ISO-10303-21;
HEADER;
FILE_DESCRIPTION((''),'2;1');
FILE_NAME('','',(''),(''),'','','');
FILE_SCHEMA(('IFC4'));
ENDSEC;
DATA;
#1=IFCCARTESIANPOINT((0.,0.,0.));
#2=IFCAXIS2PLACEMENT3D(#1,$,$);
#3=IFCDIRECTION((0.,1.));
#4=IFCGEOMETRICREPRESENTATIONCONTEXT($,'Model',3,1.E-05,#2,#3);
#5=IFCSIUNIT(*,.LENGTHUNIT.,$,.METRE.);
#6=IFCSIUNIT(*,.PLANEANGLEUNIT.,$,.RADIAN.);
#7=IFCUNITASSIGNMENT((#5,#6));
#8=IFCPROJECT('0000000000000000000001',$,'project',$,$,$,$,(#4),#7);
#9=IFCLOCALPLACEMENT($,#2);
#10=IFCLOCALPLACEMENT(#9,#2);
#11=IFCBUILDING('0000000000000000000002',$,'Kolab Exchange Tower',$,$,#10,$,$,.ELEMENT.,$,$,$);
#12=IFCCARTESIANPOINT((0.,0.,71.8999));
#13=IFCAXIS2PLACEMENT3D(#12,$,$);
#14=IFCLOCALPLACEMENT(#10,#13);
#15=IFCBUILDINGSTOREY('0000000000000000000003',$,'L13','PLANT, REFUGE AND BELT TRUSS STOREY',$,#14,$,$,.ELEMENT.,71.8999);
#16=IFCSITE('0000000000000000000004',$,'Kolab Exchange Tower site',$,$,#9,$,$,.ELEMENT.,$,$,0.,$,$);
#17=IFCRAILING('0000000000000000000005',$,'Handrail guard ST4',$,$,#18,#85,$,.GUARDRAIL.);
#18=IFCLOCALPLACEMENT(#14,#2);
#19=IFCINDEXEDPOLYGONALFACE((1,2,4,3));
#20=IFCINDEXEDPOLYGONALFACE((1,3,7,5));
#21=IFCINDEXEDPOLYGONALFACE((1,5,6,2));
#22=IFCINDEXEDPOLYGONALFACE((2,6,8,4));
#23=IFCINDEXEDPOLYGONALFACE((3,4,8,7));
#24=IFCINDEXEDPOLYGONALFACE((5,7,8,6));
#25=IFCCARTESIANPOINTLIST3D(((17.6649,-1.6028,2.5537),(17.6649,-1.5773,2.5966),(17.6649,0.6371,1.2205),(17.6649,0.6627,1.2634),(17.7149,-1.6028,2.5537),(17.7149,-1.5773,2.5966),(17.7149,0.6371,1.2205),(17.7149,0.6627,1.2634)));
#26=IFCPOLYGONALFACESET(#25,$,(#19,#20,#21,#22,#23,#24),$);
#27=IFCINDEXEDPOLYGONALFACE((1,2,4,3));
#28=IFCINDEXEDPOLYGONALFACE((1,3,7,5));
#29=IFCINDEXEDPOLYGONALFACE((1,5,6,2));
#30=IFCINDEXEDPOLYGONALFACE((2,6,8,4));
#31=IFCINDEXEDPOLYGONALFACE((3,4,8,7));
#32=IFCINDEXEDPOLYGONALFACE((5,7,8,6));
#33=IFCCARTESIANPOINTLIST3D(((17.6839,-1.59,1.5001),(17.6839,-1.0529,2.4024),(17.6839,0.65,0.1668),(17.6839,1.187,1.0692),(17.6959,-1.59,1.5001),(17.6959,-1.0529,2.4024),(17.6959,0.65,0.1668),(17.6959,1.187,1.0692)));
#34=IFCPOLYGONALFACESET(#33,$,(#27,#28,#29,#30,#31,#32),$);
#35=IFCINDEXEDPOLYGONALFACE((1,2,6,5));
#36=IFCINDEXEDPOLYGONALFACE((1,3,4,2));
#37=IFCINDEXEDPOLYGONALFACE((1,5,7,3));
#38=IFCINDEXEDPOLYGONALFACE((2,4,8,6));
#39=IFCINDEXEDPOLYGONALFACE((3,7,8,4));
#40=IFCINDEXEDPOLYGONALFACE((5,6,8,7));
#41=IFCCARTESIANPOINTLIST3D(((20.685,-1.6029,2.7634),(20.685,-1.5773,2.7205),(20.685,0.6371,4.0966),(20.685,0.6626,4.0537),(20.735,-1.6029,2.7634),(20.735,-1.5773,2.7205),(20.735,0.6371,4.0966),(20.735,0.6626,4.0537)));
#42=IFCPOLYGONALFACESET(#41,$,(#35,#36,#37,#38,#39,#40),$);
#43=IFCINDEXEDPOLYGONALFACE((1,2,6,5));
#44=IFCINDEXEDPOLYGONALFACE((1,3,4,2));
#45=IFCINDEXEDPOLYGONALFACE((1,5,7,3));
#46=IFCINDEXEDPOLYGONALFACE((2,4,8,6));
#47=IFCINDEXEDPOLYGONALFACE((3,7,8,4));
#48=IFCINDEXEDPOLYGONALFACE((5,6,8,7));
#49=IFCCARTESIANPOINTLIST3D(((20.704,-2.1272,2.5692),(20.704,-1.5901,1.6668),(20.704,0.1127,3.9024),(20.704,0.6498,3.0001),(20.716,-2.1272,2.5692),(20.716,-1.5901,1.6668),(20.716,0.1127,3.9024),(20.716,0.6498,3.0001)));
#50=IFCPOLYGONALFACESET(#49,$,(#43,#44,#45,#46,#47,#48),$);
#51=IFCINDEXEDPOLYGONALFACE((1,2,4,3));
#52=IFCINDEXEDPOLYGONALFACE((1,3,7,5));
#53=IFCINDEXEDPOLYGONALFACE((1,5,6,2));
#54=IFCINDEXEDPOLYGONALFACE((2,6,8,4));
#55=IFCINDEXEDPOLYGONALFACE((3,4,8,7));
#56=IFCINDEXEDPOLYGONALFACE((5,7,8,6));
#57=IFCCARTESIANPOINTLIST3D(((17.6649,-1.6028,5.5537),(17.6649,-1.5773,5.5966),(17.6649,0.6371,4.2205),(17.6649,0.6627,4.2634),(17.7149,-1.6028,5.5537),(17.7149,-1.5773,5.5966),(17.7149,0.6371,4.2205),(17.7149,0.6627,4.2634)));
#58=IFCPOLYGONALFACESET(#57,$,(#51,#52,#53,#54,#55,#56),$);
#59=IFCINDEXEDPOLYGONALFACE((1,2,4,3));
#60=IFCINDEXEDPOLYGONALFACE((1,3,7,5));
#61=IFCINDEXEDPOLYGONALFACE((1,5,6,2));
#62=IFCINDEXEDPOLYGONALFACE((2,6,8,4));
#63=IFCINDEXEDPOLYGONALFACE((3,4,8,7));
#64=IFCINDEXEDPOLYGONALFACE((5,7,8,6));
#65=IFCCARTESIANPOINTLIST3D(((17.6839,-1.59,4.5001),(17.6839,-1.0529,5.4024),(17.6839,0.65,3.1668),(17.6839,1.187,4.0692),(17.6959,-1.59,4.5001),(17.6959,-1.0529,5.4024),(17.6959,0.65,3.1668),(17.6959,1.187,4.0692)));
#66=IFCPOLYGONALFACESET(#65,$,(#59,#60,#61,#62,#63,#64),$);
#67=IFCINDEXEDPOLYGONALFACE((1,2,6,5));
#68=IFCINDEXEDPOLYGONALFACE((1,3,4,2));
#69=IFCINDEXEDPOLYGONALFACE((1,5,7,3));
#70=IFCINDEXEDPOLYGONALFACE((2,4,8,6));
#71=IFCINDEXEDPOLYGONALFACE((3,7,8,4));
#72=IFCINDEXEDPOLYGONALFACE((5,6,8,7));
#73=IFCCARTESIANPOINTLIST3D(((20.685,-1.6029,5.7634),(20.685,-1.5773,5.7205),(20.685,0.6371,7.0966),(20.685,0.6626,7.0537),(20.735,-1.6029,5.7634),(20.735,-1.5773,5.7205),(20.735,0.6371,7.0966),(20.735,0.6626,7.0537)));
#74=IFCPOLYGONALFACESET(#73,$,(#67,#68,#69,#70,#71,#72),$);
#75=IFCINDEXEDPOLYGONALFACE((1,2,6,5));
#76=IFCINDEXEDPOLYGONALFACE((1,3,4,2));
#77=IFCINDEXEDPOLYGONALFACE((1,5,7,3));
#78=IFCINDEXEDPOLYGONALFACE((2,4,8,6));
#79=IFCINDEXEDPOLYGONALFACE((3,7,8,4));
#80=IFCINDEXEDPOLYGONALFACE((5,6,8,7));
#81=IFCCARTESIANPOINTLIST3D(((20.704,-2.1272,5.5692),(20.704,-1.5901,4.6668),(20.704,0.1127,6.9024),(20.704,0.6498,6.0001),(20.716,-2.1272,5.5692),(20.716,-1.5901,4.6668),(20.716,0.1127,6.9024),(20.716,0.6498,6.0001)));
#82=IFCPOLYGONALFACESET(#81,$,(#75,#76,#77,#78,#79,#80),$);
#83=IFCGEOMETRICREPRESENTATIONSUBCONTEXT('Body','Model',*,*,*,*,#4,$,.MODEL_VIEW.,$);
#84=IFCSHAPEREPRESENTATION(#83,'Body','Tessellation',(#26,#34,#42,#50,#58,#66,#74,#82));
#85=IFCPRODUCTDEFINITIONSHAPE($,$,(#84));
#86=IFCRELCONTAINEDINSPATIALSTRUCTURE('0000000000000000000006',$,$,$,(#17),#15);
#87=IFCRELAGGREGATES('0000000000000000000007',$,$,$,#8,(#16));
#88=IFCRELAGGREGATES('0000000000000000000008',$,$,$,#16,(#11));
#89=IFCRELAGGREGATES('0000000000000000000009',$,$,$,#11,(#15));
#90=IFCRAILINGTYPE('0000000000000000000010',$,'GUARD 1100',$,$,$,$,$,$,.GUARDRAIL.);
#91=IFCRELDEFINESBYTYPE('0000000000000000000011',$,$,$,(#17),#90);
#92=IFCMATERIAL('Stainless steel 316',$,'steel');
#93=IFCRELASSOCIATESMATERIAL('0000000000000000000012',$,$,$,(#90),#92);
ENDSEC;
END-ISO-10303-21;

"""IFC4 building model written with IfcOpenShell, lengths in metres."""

from ifc_helpers import new_model, si_unit, direction, frame, frame_2d, origin, origin_2d, place, context, subcontext, project, spatial, rectangle, extrude, material, type_object, element, save


model = new_model("IFC4")

# Units and contexts
model_context = context("Model", 3, precision=1e-05, world=origin(), true_north=direction((0.0, 1.0)))
body_context = subcontext(model_context, "Body", "Model", "MODEL_VIEW")
ifc_project = project(units=[si_unit("LENGTHUNIT", "METRE"), si_unit("PLANEANGLEUNIT", "RADIAN")], contexts=[model_context])

# Site, building, storey
site_placement = place(None, origin())
site = spatial("IfcSite", under=ifc_project, at=site_placement, Name="Kolab Exchange Tower site", CompositionType="ELEMENT", RefElevation=0.0)
building_placement = place(site_placement, origin())
building = spatial("IfcBuilding", under=site, at=building_placement, Name="Kolab Exchange Tower", CompositionType="ELEMENT")
storey_placement = place(building_placement, frame((0.0, 0.0, 71.8999)))
storey = spatial("IfcBuildingStorey", under=building, at=storey_placement, Name="L13", Description="PLANT, REFUGE AND BELT TRUSS STOREY", CompositionType="ELEMENT", Elevation=71.8999)

# Railing
ifc_material_1 = material(Name="Stainless steel 316", Category="steel")
railing_type = type_object("IfcRailingType", Name="GUARD 1100", PredefinedType="GUARDRAIL", material=ifc_material_1)
railing_1_placement = place(storey_placement, frame((17.6899, 0.6499, 0.1667)))
element("IfcRailing", 1, at=railing_1_placement, inside=storey, type_object=railing_type, Name="Handrail guard ST4", PredefinedType="GUARDRAIL", context=body_context, shape_type="SweptSolid", body=[
    extrude(rectangle(XDim=0.05, YDim=0.05, at=origin_2d()), frame((0.0, 0.0, 1.0752), z_axis=(0.0, -0.859306, 0.511462), x_axis=(1.0, 0.0, 0.0)), (0.0, 0.0, 1.0), 2.6067),
    extrude(rectangle(XDim=0.012, YDim=1.0501, at=frame_2d((0.0, 0.5251))), frame((0.0, 0.0, 0.0), z_axis=(0.0, -0.859306, 0.511462), x_axis=(1.0, 0.0, 0.0)), (0.0, 0.0, 1.0), 2.6067),
    extrude(rectangle(XDim=0.05, YDim=0.05, at=origin_2d()), frame((3.02, -2.24, 2.5752), z_axis=(0.0, 0.859306, 0.511462), x_axis=(-1.0, 0.0, 0.0)), (0.0, 0.0, 1.0), 2.6067),
    extrude(rectangle(XDim=0.012, YDim=1.0501, at=frame_2d((0.0, 0.5251))), frame((3.02, -2.24, 1.5), z_axis=(0.0, 0.859306, 0.511462), x_axis=(-1.0, 0.0, 0.0)), (0.0, 0.0, 1.0), 2.6067),
    extrude(rectangle(XDim=0.05, YDim=0.05, at=origin_2d()), frame((0.0, 0.0, 4.0752), z_axis=(0.0, -0.859306, 0.511462), x_axis=(1.0, 0.0, 0.0)), (0.0, 0.0, 1.0), 2.6067),
    extrude(rectangle(XDim=0.012, YDim=1.0501, at=frame_2d((0.0, 0.5251))), frame((0.0, 0.0, 3.0), z_axis=(0.0, -0.859306, 0.511462), x_axis=(1.0, 0.0, 0.0)), (0.0, 0.0, 1.0), 2.6067),
    extrude(rectangle(XDim=0.05, YDim=0.05, at=origin_2d()), frame((3.02, -2.24, 5.5752), z_axis=(0.0, 0.859306, 0.511462), x_axis=(-1.0, 0.0, 0.0)), (0.0, 0.0, 1.0), 2.6067),
    extrude(rectangle(XDim=0.012, YDim=1.0501, at=frame_2d((0.0, 0.5251))), frame((3.02, -2.24, 4.5), z_axis=(0.0, 0.859306, 0.511462), x_axis=(-1.0, 0.0, 0.0)), (0.0, 0.0, 1.0), 2.6067),
])

save(model, "model.ifc")
